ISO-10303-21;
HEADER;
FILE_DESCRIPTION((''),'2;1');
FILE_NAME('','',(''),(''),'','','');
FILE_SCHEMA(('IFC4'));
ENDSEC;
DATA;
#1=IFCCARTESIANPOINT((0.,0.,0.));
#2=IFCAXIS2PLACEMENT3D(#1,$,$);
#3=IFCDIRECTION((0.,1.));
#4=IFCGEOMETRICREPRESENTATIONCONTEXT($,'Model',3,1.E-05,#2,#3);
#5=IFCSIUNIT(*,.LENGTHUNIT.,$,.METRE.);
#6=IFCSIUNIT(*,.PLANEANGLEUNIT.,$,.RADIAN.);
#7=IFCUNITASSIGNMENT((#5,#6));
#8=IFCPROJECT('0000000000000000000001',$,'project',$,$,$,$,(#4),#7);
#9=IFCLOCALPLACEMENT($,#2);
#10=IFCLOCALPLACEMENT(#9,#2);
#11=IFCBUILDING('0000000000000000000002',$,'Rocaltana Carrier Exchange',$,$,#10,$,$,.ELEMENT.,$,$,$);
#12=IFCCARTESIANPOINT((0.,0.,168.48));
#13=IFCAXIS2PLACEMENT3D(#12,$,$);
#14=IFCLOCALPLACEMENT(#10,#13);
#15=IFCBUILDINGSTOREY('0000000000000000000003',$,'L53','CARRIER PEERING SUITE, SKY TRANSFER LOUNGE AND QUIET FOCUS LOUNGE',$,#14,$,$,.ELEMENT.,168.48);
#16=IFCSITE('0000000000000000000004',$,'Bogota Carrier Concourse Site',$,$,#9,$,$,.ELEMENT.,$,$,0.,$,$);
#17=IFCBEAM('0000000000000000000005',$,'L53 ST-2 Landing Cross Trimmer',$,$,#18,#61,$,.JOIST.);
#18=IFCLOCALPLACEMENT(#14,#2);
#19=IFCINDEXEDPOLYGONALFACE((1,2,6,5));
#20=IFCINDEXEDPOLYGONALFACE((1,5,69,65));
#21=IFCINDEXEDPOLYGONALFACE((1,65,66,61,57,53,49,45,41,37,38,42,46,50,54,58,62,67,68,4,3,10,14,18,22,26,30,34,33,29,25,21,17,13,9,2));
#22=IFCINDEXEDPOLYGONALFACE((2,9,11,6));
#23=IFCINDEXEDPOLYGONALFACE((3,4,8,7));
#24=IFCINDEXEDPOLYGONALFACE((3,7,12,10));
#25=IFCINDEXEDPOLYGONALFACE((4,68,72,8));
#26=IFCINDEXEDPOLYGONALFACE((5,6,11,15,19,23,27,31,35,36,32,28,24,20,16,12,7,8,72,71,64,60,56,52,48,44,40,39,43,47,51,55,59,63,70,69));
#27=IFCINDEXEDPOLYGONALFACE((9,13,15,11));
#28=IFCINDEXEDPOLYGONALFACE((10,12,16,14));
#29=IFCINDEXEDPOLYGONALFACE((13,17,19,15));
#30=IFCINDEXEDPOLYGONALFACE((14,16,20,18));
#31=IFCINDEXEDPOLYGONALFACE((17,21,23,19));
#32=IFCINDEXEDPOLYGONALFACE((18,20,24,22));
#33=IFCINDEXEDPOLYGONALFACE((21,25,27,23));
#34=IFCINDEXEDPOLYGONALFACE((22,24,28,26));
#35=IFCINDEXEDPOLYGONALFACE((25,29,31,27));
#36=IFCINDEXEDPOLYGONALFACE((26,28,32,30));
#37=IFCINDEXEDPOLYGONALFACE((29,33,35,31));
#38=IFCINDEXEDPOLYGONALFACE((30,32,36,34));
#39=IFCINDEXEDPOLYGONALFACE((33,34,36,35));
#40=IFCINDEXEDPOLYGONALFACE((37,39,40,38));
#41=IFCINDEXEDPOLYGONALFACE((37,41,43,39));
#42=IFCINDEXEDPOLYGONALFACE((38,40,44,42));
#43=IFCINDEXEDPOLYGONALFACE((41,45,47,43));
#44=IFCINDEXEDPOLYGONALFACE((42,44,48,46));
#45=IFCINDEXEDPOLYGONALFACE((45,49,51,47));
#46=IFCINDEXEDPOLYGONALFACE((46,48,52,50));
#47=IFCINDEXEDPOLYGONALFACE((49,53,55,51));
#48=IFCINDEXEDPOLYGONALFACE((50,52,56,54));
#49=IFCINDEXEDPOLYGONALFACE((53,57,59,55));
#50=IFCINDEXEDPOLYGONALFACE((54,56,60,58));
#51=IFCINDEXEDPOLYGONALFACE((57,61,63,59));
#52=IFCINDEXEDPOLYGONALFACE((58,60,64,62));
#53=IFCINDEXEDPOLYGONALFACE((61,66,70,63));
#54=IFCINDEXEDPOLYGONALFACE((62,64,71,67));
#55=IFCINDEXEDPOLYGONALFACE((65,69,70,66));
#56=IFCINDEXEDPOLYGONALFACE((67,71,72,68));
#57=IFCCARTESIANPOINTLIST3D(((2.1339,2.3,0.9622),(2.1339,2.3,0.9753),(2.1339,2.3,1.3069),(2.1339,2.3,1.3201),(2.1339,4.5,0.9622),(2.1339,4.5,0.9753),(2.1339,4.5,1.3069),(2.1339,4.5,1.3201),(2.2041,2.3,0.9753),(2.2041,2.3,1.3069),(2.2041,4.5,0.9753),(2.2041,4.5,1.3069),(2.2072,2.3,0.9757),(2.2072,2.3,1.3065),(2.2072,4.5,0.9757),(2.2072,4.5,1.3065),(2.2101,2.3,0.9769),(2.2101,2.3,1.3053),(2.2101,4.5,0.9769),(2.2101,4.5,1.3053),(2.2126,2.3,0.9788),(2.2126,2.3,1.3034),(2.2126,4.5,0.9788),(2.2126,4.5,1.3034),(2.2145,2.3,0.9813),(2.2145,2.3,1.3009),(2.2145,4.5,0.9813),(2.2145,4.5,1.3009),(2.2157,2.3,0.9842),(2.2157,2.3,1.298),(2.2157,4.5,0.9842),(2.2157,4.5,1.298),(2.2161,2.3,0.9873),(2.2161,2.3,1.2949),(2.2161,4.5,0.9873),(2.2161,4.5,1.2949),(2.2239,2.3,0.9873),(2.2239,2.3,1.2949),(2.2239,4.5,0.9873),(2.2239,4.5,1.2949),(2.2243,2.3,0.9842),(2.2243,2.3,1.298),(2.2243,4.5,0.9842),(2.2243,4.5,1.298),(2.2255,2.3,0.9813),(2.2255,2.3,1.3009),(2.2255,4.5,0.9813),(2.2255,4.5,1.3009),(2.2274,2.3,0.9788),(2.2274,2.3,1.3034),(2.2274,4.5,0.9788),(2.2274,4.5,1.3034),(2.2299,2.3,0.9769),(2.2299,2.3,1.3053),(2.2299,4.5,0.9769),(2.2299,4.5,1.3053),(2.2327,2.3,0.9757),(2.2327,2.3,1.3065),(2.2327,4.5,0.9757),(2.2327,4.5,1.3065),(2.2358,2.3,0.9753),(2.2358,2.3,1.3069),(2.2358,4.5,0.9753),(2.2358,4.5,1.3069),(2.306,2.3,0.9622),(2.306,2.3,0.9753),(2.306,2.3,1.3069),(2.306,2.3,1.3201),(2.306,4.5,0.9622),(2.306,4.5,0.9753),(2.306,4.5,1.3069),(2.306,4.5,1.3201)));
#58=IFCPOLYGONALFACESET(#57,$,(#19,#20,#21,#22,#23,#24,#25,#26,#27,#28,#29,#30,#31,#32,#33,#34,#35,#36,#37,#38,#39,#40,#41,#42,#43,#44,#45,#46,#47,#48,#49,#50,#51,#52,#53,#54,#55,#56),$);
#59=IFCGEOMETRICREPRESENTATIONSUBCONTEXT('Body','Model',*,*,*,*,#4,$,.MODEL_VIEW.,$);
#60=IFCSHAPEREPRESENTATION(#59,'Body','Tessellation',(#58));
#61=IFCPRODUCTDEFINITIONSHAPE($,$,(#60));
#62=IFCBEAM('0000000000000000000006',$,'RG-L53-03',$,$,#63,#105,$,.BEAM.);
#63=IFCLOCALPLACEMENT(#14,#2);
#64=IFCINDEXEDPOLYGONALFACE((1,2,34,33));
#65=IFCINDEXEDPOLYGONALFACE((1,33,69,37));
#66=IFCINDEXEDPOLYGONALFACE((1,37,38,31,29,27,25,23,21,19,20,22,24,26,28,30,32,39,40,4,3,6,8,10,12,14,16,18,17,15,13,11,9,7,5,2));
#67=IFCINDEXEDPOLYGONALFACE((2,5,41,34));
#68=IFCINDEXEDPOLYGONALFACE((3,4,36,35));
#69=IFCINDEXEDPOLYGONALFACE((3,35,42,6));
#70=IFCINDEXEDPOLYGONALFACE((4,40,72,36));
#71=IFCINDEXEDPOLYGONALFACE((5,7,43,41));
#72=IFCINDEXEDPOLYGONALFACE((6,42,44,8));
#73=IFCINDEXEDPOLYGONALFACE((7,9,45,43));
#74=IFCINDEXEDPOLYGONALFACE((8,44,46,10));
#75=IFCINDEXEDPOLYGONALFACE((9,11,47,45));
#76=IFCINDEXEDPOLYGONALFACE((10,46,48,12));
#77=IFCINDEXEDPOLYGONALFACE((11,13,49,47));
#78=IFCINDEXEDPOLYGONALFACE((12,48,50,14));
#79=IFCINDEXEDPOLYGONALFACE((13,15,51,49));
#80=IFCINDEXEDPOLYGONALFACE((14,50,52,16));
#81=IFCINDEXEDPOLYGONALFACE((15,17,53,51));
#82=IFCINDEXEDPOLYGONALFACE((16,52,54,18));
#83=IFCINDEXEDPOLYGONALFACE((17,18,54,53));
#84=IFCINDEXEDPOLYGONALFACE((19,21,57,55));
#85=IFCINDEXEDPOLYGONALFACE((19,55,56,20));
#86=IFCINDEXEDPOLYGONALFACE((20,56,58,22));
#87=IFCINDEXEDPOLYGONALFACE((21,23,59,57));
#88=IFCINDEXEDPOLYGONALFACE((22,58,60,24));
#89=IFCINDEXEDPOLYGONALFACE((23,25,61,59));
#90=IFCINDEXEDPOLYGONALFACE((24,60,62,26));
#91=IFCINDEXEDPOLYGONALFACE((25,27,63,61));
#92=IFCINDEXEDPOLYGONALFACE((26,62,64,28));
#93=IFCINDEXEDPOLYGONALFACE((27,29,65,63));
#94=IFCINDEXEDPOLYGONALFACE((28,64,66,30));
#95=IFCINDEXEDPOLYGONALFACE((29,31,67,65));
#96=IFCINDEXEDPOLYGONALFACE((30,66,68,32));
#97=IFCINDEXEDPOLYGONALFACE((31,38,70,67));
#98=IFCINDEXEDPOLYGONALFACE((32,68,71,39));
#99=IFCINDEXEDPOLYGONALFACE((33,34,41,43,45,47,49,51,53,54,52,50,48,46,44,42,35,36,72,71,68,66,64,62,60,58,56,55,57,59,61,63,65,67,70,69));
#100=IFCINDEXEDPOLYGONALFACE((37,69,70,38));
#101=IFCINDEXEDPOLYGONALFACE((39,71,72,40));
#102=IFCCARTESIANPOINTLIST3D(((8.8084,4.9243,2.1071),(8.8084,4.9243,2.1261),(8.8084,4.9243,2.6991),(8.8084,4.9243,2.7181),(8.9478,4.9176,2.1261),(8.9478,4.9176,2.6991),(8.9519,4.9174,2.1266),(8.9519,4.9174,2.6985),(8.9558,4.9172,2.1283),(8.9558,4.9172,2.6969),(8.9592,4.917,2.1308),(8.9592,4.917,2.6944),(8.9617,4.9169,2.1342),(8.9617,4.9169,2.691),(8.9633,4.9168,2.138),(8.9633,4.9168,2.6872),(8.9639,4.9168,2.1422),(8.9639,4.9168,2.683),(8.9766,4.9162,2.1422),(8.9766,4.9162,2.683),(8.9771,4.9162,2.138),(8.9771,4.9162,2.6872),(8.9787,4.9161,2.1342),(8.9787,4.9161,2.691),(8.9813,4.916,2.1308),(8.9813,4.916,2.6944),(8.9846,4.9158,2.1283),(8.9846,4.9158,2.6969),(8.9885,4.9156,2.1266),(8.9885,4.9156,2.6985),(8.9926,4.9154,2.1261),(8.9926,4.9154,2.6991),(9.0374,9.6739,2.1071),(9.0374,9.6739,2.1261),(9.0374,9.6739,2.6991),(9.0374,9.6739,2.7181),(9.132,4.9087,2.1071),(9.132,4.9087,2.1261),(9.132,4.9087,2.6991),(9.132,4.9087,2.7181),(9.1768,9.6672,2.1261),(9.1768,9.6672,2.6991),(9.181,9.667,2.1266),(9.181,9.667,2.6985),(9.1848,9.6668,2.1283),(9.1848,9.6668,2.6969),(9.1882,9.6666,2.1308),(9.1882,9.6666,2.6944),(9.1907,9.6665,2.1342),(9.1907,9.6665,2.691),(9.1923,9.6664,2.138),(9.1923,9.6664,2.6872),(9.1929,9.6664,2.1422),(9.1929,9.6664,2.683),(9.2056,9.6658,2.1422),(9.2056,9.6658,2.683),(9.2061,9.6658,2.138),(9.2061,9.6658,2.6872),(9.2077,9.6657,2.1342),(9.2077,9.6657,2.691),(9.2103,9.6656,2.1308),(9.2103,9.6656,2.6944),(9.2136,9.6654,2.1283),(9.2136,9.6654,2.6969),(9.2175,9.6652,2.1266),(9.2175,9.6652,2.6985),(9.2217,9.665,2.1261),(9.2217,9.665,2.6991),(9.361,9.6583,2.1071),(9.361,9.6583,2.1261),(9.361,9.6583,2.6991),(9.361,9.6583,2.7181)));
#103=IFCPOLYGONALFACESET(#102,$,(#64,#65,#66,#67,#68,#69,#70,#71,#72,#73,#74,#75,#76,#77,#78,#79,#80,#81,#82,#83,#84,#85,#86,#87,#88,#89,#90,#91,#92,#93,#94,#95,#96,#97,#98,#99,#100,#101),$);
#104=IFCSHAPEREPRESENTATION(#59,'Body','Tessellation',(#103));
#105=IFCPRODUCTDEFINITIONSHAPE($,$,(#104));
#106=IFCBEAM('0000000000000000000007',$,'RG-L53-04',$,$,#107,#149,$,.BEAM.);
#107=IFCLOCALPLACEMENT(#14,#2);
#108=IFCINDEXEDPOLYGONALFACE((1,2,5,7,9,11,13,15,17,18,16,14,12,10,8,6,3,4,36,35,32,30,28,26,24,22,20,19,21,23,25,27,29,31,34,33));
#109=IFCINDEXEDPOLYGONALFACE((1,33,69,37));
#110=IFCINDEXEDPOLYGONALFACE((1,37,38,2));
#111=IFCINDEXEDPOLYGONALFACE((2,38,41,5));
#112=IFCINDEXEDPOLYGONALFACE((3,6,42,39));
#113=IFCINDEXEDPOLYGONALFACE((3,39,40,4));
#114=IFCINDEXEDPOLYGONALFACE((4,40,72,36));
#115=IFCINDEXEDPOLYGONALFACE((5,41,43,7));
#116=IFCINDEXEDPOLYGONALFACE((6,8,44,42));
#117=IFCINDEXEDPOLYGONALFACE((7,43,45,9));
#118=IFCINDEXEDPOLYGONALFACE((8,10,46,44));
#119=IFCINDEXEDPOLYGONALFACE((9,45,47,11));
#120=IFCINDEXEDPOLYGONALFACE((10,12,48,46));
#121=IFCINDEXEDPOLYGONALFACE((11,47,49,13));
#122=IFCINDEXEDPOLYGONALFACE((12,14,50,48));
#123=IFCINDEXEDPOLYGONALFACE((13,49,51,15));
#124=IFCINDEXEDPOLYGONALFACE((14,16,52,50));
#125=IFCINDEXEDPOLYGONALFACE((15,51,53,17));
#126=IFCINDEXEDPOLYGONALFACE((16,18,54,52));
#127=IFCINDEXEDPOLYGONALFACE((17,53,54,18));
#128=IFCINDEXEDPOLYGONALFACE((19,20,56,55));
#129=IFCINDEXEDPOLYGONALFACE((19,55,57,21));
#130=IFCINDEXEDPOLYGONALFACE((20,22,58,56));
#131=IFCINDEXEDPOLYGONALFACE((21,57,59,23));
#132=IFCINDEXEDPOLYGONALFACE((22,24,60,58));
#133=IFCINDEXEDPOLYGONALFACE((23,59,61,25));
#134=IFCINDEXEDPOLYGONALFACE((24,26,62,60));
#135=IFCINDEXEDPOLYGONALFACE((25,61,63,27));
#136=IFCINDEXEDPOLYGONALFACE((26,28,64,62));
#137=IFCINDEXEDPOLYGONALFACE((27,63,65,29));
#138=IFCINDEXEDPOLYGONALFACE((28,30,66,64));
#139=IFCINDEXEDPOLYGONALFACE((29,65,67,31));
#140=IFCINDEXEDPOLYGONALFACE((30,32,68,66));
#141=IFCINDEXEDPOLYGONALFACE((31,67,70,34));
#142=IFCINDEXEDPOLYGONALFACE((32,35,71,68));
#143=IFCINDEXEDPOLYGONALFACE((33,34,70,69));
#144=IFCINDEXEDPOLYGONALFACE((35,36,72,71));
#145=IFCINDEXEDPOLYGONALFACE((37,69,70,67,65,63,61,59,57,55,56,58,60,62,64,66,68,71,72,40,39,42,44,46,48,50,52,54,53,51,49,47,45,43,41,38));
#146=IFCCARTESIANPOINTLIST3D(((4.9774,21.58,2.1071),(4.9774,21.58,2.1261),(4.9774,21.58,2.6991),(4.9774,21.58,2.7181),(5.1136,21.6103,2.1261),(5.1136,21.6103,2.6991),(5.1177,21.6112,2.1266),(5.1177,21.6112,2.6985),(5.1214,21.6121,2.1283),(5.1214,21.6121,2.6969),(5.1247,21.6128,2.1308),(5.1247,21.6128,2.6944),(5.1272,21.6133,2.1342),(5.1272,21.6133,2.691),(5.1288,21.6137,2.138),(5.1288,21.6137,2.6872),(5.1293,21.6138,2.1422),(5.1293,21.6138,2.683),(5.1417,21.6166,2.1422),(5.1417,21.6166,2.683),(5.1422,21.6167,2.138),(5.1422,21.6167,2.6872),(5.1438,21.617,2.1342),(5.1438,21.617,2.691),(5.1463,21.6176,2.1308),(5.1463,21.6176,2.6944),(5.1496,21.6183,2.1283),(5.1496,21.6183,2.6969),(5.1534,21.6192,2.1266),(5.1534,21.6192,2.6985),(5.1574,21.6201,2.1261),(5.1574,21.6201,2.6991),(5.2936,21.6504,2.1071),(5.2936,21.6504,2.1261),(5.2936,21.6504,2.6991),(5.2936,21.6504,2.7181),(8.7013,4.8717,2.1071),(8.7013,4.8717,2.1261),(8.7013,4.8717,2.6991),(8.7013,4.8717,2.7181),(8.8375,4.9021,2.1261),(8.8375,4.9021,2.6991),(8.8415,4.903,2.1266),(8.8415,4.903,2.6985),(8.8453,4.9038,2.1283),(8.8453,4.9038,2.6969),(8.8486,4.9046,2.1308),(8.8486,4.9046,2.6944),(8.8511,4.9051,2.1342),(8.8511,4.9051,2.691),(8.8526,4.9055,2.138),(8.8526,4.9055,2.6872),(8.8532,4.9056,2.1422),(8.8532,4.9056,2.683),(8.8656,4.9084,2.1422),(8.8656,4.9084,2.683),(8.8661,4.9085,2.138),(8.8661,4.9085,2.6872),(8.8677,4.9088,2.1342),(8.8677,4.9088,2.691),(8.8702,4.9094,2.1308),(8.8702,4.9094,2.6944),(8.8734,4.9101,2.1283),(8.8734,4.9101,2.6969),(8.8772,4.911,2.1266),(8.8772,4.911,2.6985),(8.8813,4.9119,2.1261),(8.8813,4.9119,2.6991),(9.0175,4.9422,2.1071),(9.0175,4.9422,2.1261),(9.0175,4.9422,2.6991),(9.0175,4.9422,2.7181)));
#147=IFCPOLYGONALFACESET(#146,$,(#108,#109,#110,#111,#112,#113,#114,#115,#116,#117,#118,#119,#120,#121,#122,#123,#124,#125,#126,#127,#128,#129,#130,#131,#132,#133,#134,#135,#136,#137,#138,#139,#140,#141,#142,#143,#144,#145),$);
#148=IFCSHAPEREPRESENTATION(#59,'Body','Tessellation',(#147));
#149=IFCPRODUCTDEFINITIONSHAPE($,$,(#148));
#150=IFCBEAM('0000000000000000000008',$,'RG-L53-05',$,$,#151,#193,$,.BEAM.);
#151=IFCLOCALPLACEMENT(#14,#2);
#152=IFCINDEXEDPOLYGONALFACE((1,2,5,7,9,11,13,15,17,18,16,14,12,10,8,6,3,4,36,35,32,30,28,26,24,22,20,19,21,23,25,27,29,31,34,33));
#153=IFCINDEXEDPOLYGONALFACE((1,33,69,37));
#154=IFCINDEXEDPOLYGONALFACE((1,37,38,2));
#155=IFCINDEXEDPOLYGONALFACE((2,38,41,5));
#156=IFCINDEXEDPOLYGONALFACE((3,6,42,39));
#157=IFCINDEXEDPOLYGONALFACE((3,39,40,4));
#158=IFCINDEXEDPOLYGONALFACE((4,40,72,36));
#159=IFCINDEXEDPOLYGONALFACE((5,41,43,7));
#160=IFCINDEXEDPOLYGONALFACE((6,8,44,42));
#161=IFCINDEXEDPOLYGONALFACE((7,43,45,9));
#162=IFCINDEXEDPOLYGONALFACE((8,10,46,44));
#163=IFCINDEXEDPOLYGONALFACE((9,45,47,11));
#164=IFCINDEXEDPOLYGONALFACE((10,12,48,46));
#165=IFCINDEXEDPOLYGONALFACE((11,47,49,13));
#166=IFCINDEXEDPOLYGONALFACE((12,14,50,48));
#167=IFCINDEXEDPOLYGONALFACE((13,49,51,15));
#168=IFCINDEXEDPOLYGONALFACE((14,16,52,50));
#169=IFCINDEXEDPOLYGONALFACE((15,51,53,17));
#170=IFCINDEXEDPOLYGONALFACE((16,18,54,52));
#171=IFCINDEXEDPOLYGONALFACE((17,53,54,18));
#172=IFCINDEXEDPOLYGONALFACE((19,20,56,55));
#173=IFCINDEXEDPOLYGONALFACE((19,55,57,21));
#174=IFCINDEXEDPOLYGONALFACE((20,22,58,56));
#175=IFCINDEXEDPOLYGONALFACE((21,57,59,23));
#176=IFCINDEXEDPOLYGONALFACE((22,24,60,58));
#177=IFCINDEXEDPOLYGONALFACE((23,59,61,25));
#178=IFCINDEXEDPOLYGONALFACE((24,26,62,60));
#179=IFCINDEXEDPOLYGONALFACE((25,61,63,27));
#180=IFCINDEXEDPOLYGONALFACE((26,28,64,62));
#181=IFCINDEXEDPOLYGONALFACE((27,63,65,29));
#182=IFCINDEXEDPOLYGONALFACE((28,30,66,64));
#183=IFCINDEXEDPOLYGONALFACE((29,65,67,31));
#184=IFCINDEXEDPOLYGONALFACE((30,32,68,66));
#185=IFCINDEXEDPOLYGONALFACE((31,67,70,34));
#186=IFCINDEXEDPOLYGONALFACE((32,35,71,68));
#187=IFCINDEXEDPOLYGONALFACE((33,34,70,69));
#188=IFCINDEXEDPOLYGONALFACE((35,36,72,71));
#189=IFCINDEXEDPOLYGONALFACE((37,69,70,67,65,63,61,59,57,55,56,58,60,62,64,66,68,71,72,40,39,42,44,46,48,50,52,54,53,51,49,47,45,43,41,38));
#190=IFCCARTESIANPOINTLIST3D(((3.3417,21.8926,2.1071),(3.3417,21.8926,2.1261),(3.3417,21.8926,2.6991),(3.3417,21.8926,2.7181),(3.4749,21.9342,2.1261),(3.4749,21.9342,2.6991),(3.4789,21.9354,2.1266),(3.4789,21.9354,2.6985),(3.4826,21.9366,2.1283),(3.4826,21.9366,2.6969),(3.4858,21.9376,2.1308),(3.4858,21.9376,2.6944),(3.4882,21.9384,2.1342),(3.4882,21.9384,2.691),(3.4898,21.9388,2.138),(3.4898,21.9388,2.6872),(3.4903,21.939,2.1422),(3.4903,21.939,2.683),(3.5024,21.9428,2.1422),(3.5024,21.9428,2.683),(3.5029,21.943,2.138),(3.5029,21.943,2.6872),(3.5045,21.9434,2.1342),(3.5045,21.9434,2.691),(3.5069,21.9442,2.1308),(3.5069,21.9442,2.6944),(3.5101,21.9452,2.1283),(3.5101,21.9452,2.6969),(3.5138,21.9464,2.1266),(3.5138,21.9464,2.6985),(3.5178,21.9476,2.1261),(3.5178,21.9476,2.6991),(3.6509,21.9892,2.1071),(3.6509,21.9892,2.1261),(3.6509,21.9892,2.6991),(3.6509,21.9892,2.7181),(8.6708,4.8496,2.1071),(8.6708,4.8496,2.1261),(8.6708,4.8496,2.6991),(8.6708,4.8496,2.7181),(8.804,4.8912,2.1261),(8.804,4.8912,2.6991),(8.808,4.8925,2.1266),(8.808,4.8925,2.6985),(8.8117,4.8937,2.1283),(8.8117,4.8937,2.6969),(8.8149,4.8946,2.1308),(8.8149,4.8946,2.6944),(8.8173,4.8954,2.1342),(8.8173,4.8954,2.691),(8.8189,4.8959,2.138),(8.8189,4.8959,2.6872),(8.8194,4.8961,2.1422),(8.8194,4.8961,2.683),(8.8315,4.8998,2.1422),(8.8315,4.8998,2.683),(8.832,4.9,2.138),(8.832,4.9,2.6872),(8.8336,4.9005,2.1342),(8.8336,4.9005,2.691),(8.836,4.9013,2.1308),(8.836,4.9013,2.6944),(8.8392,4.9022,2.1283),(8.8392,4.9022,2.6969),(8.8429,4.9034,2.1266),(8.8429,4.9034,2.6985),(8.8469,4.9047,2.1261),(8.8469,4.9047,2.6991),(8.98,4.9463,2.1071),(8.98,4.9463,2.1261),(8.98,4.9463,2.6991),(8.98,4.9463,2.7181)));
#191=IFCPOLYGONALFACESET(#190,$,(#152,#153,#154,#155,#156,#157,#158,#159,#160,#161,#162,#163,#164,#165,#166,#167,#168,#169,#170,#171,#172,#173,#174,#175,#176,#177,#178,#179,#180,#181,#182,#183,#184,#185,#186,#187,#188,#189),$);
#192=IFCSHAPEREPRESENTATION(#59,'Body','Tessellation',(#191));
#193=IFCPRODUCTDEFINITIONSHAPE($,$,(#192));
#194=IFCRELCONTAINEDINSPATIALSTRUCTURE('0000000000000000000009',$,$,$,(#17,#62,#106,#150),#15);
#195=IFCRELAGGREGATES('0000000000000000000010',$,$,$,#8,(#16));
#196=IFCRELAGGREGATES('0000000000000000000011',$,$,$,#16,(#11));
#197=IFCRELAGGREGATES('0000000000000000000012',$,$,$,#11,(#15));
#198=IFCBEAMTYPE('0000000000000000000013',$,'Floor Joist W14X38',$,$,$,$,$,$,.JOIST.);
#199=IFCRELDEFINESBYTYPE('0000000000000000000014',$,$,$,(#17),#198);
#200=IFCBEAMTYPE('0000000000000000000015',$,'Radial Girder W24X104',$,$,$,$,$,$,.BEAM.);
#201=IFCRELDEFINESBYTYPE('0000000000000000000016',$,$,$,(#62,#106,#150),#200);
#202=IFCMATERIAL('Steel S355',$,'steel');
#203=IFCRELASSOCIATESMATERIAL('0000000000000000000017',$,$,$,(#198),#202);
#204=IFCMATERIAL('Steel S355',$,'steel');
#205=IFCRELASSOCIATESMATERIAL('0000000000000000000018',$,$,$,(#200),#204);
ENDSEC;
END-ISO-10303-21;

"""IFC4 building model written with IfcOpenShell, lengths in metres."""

from ifc_helpers import new_model, si_unit, direction, frame, origin, origin_2d, place, context, subcontext, project, spatial, i_section, extrude, material, material_profile, profile_set, type_object, element, save


model = new_model("IFC4")

# Units and contexts
model_context = context("Model", 3, precision=1e-05, world=origin(), true_north=direction((0.0, 1.0)))
body_context = subcontext(model_context, "Body", "Model", "MODEL_VIEW")
ifc_project = project(units=[si_unit("LENGTHUNIT", "METRE"), si_unit("PLANEANGLEUNIT", "RADIAN")], contexts=[model_context])

# Site, building, storey
site_placement = place(None, origin())
site = spatial("IfcSite", under=ifc_project, at=site_placement, Name="Bogota Carrier Concourse Site", CompositionType="ELEMENT", RefElevation=0.0)
building_placement = place(site_placement, origin())
building = spatial("IfcBuilding", under=site, at=building_placement, Name="Rocaltana Carrier Exchange", CompositionType="ELEMENT")
storey_placement = place(building_placement, frame((0.0, 0.0, 168.48)))
storey = spatial("IfcBuildingStorey", under=building, at=storey_placement, Name="L53", Description="CARRIER PEERING SUITE, SKY TRANSFER LOUNGE AND QUIET FOCUS LOUNGE", CompositionType="ELEMENT", Elevation=168.48)

# Beams
ifc_material_1 = material(Name="Steel S355", Category="steel")
ifc_material_profile_1 = material_profile(ifc_material_1, i_section(OverallWidth=0.1721, OverallDepth=0.3579, WebThickness=0.0078, FlangeThickness=0.0132, FilletRadius=0.012, at=origin_2d()), Name="W14X38")
ifc_profile_set_1 = profile_set([ifc_material_profile_1], Name="Steel S355")
beam_type_1 = type_object("IfcBeamType", Name="Floor Joist W14X38", PredefinedType="JOIST", material=ifc_profile_set_1)
beam_1_placement = place(storey_placement, frame((2.22, 2.3, 1.1411), z_axis=(0.0, 1.0, 0.0), x_axis=(-1.0, 0.0, 0.0)))
element("IfcBeam", 1, at=beam_1_placement, inside=storey, type_object=beam_type_1, Name="L53 ST-2 Landing Cross Trimmer", PredefinedType="JOIST", context=body_context, shape_type="SweptSolid", body=[
    extrude(i_section(OverallWidth=0.1721, OverallDepth=0.3579, WebThickness=0.0078, FlangeThickness=0.0132, FilletRadius=0.012, at=origin_2d()), origin(), (0.0, 0.0, 1.0), 2.2),
])
ifc_material_2 = material(Name="Steel S355", Category="steel")
ifc_material_profile_2 = material_profile(ifc_material_2, i_section(OverallWidth=0.324, OverallDepth=0.6111, WebThickness=0.0127, FlangeThickness=0.019, FilletRadius=0.0161, at=origin_2d()), Name="W24X104")
ifc_profile_set_2 = profile_set([ifc_material_profile_2], Name="Steel S355")
beam_type_2 = type_object("IfcBeamType", Name="Radial Girder W24X104", PredefinedType="BEAM", material=ifc_profile_set_2)
beam_2_placement = place(storey_placement, frame((8.9702, 4.9165, 2.4126), z_axis=(0.04816, 0.99884, 0.0), x_axis=(-0.99884, 0.04816, 0.0)))
element("IfcBeam", 2, at=beam_2_placement, inside=storey, type_object=beam_type_2, Name="RG-L53-03", PredefinedType="BEAM", context=body_context, shape_type="SweptSolid", body=[
    extrude(i_section(OverallWidth=0.324, OverallDepth=0.6111, WebThickness=0.0127, FlangeThickness=0.019, FilletRadius=0.0161, at=origin_2d()), origin(), (0.0, 0.0, 1.0), 4.7551),
])
beam_3_placement = place(storey_placement, frame((8.8594, 4.907, 2.4126), z_axis=(-0.217539, 0.976052, 0.0), x_axis=(-0.976052, -0.217539, 0.0)))
element("IfcBeam", 3, at=beam_3_placement, inside=storey, type_object=beam_type_2, Name="RG-L53-04", PredefinedType="BEAM", context=body_context, shape_type="SweptSolid", body=[
    extrude(i_section(OverallWidth=0.324, OverallDepth=0.6111, WebThickness=0.0127, FlangeThickness=0.019, FilletRadius=0.0161, at=origin_2d()), origin(), (0.0, 0.0, 1.0), 17.1182),
])
beam_4_placement = place(storey_placement, frame((8.8254, 4.8979, 2.4126), z_axis=(-0.298437, 0.954429, 0.0), x_axis=(-0.954429, -0.298437, 0.0)))
element("IfcBeam", 4, at=beam_4_placement, inside=storey, type_object=beam_type_2, Name="RG-L53-05", PredefinedType="BEAM", context=body_context, shape_type="SweptSolid", body=[
    extrude(i_section(OverallWidth=0.324, OverallDepth=0.6111, WebThickness=0.0127, FlangeThickness=0.019, FilletRadius=0.0161, at=origin_2d()), origin(), (0.0, 0.0, 1.0), 17.8567),
])

save(model, "model.ifc")
